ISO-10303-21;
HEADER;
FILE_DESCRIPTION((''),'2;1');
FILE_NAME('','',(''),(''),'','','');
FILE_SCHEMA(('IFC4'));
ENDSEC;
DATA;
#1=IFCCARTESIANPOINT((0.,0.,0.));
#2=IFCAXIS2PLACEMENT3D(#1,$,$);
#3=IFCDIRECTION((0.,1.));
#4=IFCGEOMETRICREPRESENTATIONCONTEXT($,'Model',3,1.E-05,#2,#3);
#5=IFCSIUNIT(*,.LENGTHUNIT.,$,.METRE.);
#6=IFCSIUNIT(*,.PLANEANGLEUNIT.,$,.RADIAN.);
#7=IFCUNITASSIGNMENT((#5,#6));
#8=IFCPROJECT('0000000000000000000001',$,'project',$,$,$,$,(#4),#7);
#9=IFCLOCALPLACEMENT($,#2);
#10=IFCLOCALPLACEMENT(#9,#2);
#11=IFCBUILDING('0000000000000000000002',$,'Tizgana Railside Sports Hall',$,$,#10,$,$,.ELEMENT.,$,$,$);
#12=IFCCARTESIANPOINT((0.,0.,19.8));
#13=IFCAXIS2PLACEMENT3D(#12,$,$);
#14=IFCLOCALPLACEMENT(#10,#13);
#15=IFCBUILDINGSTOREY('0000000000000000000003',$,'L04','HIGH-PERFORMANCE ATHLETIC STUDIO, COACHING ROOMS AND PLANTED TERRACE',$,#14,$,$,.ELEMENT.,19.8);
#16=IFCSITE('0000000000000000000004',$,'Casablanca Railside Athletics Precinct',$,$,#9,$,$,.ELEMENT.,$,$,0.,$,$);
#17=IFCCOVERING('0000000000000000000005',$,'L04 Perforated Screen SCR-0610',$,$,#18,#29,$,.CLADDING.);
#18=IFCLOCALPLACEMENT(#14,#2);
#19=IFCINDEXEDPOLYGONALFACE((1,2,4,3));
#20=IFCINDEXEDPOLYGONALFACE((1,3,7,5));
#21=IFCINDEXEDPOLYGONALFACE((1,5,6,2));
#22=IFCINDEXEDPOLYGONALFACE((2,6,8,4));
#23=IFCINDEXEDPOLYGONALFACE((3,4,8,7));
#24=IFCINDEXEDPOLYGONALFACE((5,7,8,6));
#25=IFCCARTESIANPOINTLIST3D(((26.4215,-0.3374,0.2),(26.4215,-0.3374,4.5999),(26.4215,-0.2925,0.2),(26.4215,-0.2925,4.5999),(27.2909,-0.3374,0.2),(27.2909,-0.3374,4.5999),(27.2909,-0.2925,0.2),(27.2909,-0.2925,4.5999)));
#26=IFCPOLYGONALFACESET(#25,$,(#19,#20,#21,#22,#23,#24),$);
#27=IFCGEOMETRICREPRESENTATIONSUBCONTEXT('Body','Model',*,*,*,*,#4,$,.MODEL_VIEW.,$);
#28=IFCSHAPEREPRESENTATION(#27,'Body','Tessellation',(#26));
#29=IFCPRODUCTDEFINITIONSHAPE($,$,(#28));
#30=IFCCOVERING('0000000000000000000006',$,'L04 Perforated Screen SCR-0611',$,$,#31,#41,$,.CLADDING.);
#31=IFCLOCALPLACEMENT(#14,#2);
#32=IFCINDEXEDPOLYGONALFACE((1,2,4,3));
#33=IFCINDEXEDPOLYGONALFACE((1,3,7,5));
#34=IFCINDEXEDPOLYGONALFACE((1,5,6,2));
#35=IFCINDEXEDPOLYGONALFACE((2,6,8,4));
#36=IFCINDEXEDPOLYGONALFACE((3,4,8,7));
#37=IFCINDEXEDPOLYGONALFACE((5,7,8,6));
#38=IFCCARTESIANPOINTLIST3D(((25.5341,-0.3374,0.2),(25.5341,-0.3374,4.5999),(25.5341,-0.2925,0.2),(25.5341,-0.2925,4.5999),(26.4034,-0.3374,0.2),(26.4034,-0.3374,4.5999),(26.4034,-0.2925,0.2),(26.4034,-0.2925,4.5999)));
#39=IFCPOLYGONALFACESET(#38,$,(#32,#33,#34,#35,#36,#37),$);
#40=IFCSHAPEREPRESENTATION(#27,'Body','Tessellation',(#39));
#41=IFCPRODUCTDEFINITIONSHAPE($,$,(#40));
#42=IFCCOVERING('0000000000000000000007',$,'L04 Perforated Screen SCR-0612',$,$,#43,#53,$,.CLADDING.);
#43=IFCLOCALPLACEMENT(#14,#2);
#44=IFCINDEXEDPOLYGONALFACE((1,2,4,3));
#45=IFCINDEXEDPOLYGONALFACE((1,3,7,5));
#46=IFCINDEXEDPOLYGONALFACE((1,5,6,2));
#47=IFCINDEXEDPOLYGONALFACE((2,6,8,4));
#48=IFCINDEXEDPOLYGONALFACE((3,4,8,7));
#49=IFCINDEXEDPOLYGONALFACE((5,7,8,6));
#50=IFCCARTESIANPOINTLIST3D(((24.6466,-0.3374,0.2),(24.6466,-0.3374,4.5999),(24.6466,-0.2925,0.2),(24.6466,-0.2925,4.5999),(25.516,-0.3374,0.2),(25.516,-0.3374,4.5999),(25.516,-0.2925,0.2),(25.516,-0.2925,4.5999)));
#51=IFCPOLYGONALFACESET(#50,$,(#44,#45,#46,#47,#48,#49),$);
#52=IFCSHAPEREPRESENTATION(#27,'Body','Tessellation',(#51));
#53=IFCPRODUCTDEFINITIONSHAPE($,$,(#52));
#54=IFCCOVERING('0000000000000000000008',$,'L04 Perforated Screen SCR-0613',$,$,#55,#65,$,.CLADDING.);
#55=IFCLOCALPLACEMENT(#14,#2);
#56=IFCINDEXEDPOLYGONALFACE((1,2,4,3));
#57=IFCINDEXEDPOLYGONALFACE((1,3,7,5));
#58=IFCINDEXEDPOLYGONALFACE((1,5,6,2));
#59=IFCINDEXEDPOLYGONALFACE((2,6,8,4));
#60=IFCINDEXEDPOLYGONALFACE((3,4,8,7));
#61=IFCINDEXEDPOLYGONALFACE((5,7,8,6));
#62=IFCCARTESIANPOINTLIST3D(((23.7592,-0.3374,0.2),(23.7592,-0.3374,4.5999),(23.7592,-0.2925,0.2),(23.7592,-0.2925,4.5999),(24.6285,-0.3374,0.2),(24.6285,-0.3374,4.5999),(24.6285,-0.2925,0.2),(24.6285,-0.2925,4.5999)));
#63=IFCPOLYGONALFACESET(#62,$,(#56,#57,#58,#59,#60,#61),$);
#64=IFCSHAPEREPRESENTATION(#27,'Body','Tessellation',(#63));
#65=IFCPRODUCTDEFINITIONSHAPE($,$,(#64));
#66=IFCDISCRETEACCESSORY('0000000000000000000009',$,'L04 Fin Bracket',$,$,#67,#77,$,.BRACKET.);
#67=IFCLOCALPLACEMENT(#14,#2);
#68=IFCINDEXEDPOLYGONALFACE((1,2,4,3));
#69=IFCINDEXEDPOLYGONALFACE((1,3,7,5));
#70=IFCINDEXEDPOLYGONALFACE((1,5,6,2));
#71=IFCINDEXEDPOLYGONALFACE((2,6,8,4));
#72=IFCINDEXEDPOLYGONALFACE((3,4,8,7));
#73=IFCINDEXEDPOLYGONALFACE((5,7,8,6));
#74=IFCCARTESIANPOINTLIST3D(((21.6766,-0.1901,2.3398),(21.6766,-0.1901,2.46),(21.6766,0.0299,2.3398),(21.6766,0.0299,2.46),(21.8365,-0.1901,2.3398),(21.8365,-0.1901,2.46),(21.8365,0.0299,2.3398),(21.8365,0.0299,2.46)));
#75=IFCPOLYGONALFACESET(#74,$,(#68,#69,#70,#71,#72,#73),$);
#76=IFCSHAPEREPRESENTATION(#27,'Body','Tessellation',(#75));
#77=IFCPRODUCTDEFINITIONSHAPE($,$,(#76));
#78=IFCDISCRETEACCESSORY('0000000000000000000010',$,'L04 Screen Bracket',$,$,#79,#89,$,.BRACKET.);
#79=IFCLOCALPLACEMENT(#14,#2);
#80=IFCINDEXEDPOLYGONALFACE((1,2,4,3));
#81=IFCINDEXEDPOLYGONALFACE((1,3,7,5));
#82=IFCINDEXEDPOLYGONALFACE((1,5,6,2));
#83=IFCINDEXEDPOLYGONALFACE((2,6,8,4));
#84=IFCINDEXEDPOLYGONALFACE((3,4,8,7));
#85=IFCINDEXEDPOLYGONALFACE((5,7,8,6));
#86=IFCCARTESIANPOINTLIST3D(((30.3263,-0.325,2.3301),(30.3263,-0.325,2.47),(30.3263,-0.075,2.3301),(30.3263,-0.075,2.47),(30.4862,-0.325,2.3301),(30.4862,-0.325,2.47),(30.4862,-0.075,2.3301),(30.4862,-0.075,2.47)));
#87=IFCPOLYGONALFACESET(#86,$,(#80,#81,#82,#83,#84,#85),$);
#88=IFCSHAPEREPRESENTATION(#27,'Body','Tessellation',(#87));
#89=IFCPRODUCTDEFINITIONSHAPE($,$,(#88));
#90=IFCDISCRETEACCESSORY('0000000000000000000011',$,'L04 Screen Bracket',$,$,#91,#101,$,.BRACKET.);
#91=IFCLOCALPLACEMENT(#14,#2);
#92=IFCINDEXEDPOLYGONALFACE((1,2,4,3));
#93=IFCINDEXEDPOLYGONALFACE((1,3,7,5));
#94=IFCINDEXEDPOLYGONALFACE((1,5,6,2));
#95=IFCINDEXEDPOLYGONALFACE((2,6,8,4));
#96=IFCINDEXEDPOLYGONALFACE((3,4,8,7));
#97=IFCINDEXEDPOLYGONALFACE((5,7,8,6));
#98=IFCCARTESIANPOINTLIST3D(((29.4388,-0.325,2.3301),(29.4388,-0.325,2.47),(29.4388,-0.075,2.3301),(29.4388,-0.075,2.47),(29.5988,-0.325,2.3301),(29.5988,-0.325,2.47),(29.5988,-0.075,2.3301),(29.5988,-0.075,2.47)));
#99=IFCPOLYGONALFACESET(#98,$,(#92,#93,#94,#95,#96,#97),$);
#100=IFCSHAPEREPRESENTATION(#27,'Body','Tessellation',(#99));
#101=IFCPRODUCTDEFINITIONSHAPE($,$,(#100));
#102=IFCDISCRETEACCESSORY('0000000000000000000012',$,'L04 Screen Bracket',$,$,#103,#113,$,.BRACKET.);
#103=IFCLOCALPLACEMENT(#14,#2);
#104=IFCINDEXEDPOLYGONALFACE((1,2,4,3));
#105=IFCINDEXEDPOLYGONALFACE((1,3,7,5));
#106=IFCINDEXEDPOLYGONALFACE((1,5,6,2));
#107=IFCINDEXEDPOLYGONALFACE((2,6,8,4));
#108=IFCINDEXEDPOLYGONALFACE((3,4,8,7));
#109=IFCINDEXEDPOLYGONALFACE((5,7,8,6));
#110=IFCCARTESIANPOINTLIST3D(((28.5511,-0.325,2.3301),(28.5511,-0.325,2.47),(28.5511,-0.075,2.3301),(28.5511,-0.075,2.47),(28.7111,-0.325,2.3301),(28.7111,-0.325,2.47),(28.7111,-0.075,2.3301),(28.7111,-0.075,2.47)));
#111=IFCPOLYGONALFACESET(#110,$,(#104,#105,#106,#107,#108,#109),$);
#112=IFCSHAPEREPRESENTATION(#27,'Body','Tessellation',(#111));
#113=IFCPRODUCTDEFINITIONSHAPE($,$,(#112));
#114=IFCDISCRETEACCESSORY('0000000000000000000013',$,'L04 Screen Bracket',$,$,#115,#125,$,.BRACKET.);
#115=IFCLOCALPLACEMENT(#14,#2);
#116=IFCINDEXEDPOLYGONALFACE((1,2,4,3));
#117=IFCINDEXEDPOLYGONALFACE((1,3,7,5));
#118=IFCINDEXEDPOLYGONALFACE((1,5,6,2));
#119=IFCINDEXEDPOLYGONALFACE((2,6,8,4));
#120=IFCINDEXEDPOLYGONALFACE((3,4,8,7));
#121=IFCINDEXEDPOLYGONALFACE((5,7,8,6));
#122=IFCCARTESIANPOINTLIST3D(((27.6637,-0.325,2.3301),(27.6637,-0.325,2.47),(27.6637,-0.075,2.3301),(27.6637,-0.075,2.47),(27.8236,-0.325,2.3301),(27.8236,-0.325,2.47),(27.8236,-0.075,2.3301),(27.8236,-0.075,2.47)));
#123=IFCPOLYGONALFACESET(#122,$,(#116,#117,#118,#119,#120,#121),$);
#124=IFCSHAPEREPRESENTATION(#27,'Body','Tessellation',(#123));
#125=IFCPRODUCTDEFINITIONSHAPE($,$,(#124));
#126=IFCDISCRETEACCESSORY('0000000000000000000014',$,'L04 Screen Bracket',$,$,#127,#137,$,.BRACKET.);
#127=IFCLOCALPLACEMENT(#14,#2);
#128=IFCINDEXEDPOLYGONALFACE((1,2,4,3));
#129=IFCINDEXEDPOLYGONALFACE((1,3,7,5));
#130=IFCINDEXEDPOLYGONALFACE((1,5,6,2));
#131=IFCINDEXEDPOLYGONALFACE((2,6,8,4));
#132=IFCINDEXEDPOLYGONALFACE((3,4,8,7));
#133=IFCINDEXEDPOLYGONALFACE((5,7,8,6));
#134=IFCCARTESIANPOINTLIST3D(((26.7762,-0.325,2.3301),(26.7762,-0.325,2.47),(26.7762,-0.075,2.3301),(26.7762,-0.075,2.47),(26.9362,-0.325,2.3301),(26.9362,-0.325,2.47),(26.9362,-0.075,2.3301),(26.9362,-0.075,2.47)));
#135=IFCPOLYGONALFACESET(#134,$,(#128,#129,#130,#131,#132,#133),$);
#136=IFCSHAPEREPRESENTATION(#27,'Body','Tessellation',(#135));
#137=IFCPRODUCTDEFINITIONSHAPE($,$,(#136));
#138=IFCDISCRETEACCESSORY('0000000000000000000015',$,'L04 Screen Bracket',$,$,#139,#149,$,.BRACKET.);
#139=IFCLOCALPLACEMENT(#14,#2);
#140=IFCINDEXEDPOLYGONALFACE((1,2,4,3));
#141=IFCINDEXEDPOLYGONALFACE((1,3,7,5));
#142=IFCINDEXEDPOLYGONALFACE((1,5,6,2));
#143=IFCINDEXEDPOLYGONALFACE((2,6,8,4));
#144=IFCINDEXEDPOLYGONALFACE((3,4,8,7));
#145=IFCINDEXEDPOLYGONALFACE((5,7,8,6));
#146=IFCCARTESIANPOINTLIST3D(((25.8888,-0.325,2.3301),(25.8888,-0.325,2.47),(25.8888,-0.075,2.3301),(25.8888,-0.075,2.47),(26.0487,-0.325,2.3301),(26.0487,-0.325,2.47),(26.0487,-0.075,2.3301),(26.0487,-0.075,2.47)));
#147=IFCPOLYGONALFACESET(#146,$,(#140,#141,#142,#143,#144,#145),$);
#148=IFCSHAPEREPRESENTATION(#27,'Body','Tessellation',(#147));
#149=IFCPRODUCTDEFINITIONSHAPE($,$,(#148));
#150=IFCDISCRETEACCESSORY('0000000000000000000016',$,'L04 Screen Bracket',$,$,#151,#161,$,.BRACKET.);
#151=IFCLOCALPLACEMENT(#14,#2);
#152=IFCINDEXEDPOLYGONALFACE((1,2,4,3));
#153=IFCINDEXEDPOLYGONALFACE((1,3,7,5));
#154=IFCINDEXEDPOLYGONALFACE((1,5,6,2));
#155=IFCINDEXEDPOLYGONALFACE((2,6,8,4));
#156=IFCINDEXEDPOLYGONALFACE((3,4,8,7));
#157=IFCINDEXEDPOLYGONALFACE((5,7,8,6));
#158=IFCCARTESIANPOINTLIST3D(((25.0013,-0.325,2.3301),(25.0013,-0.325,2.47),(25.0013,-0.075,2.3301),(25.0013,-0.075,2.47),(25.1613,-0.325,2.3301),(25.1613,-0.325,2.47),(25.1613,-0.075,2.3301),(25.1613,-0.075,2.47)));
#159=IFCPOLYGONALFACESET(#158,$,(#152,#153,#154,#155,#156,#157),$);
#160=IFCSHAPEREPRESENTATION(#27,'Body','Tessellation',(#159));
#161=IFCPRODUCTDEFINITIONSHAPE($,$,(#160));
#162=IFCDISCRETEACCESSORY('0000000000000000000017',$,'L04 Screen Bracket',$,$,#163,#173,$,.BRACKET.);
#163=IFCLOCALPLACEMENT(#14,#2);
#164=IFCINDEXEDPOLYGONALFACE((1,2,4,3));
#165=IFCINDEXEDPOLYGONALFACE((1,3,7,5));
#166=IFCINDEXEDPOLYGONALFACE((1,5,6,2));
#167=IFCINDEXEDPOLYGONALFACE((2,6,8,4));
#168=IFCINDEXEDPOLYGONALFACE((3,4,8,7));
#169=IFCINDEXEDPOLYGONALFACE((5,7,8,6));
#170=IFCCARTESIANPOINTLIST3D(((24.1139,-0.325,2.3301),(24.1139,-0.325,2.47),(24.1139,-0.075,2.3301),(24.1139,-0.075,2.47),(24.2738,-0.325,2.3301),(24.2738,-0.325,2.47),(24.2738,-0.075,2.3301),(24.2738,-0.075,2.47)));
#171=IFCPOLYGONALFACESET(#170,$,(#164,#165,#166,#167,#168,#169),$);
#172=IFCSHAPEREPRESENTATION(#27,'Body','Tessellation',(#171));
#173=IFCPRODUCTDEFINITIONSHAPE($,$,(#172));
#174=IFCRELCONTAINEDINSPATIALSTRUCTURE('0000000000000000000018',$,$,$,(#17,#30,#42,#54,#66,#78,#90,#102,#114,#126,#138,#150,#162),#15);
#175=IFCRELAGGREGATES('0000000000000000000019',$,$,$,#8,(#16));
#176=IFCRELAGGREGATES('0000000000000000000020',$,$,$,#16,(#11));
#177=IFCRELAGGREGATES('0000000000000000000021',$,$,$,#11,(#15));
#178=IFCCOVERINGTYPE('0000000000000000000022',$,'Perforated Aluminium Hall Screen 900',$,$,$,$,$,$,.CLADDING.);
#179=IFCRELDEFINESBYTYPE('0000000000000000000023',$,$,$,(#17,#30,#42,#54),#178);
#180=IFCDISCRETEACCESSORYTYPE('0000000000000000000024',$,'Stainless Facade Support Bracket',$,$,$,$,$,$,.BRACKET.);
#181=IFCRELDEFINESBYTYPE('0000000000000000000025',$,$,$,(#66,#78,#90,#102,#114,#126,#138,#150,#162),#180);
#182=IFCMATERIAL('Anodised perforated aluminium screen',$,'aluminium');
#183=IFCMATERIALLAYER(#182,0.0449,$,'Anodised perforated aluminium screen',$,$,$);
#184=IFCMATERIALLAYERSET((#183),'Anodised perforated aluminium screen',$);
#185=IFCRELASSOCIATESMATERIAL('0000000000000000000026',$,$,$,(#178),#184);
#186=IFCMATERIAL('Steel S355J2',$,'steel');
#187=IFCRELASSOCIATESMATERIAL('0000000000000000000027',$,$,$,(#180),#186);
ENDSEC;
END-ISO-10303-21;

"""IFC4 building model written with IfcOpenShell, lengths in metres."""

from ifc_helpers import new_model, si_unit, direction, frame, origin, origin_2d, place, context, subcontext, project, spatial, rectangle, extrude, material, layer, layer_set, type_object, element, save


model = new_model("IFC4")

# Units and contexts
model_context = context("Model", 3, precision=1e-05, world=origin(), true_north=direction((0.0, 1.0)))
body_context = subcontext(model_context, "Body", "Model", "MODEL_VIEW")
ifc_project = project(units=[si_unit("LENGTHUNIT", "METRE"), si_unit("PLANEANGLEUNIT", "RADIAN")], contexts=[model_context])

# Site, building, storey
site_placement = place(None, origin())
site = spatial("IfcSite", under=ifc_project, at=site_placement, Name="Casablanca Railside Athletics Precinct", CompositionType="ELEMENT", RefElevation=0.0)
building_placement = place(site_placement, origin())
building = spatial("IfcBuilding", under=site, at=building_placement, Name="Tizgana Railside Sports Hall", CompositionType="ELEMENT")
storey_placement = place(building_placement, frame((0.0, 0.0, 19.8)))
storey = spatial("IfcBuildingStorey", under=building, at=storey_placement, Name="L04", Description="HIGH-PERFORMANCE ATHLETIC STUDIO, COACHING ROOMS AND PLANTED TERRACE", CompositionType="ELEMENT", Elevation=19.8)

# Coverings
ifc_material_1 = material(Name="Anodised perforated aluminium screen", Category="aluminium")
ifc_layer_1 = layer(ifc_material_1, 0.0449, Name="Anodised perforated aluminium screen")
ifc_layer_set_1 = layer_set([ifc_layer_1], Name="Anodised perforated aluminium screen")
covering_type_1 = type_object("IfcCoveringType", Name="Perforated Aluminium Hall Screen 900", PredefinedType="CLADDING", material=ifc_layer_set_1)
for number, where, z_axis, x_axis, name in (
    (1, (26.8562, -0.3149, 0.2), (0.0, 0.0, 1.0), (-1.0, 0.0, 0.0), "L04 Perforated Screen SCR-0610"),
    (2, (25.9688, -0.3149, 0.2), (0.0, 0.0, 1.0), (-1.0, 0.0, 0.0), "L04 Perforated Screen SCR-0611"),
    (3, (25.0813, -0.3149, 0.2), (0.0, 0.0, 1.0), (-1.0, 0.0, 0.0), "L04 Perforated Screen SCR-0612"),
    (4, (24.1938, -0.3149, 0.2), (0.0, 0.0, 1.0), (-1.0, 0.0, 0.0), "L04 Perforated Screen SCR-0613"),
):
    element("IfcCovering", number, at=place(storey_placement, frame(where, z_axis=z_axis, x_axis=x_axis)), inside=storey, type_object=covering_type_1, Name=name, PredefinedType="CLADDING", context=body_context, shape_type="SweptSolid", body=[
        extrude(rectangle(XDim=0.8694, YDim=0.0449, at=origin_2d()), origin(), (0.0, 0.0, 1.0), 4.3999),
    ])

# Discrete accessories
ifc_material_2 = material(Name="Steel S355J2", Category="steel")
discrete_accessory_type = type_object("IfcDiscreteAccessoryType", Name="Stainless Facade Support Bracket", PredefinedType="BRACKET", material=ifc_material_2)
discrete_accessory_placement = place(storey_placement, frame((21.7566, -0.0801, 2.3398), z_axis=(0.0, 0.0, 1.0), x_axis=(-1.0, 0.0, 0.0)))
element("IfcDiscreteAccessory", 5, at=discrete_accessory_placement, inside=storey, type_object=discrete_accessory_type, Name="L04 Fin Bracket", PredefinedType="BRACKET", context=body_context, shape_type="SweptSolid", body=[
    extrude(rectangle(XDim=0.1599, YDim=0.22, at=origin_2d()), origin(), (0.0, 0.0, 1.0), 0.1201),
])
for number, where, z_axis, x_axis, name in (
    (6, (30.4062, -0.2, 2.3301), (0.0, 0.0, 1.0), (-1.0, 0.0, 0.0), "L04 Screen Bracket"),
    (7, (29.5188, -0.2, 2.3301), (0.0, 0.0, 1.0), (-1.0, 0.0, 0.0), "L04 Screen Bracket"),
    (8, (28.6311, -0.2, 2.3301), (0.0, 0.0, 1.0), (-1.0, 0.0, 0.0), "L04 Screen Bracket"),
    (9, (27.7437, -0.2, 2.3301), (0.0, 0.0, 1.0), (-1.0, 0.0, 0.0), "L04 Screen Bracket"),
    (10, (26.8562, -0.2, 2.3301), (0.0, 0.0, 1.0), (-1.0, 0.0, 0.0), "L04 Screen Bracket"),
    (11, (25.9688, -0.2, 2.3301), (0.0, 0.0, 1.0), (-1.0, 0.0, 0.0), "L04 Screen Bracket"),
    (12, (25.0813, -0.2, 2.3301), (0.0, 0.0, 1.0), (-1.0, 0.0, 0.0), "L04 Screen Bracket"),
    (13, (24.1938, -0.2, 2.3301), (0.0, 0.0, 1.0), (-1.0, 0.0, 0.0), "L04 Screen Bracket"),
):
    element("IfcDiscreteAccessory", number, at=place(storey_placement, frame(where, z_axis=z_axis, x_axis=x_axis)), inside=storey, type_object=discrete_accessory_type, Name=name, PredefinedType="BRACKET", context=body_context, shape_type="SweptSolid", body=[
        extrude(rectangle(XDim=0.1599, YDim=0.25, at=origin_2d()), origin(), (0.0, 0.0, 1.0), 0.1399),
    ])

save(model, "model.ifc")
